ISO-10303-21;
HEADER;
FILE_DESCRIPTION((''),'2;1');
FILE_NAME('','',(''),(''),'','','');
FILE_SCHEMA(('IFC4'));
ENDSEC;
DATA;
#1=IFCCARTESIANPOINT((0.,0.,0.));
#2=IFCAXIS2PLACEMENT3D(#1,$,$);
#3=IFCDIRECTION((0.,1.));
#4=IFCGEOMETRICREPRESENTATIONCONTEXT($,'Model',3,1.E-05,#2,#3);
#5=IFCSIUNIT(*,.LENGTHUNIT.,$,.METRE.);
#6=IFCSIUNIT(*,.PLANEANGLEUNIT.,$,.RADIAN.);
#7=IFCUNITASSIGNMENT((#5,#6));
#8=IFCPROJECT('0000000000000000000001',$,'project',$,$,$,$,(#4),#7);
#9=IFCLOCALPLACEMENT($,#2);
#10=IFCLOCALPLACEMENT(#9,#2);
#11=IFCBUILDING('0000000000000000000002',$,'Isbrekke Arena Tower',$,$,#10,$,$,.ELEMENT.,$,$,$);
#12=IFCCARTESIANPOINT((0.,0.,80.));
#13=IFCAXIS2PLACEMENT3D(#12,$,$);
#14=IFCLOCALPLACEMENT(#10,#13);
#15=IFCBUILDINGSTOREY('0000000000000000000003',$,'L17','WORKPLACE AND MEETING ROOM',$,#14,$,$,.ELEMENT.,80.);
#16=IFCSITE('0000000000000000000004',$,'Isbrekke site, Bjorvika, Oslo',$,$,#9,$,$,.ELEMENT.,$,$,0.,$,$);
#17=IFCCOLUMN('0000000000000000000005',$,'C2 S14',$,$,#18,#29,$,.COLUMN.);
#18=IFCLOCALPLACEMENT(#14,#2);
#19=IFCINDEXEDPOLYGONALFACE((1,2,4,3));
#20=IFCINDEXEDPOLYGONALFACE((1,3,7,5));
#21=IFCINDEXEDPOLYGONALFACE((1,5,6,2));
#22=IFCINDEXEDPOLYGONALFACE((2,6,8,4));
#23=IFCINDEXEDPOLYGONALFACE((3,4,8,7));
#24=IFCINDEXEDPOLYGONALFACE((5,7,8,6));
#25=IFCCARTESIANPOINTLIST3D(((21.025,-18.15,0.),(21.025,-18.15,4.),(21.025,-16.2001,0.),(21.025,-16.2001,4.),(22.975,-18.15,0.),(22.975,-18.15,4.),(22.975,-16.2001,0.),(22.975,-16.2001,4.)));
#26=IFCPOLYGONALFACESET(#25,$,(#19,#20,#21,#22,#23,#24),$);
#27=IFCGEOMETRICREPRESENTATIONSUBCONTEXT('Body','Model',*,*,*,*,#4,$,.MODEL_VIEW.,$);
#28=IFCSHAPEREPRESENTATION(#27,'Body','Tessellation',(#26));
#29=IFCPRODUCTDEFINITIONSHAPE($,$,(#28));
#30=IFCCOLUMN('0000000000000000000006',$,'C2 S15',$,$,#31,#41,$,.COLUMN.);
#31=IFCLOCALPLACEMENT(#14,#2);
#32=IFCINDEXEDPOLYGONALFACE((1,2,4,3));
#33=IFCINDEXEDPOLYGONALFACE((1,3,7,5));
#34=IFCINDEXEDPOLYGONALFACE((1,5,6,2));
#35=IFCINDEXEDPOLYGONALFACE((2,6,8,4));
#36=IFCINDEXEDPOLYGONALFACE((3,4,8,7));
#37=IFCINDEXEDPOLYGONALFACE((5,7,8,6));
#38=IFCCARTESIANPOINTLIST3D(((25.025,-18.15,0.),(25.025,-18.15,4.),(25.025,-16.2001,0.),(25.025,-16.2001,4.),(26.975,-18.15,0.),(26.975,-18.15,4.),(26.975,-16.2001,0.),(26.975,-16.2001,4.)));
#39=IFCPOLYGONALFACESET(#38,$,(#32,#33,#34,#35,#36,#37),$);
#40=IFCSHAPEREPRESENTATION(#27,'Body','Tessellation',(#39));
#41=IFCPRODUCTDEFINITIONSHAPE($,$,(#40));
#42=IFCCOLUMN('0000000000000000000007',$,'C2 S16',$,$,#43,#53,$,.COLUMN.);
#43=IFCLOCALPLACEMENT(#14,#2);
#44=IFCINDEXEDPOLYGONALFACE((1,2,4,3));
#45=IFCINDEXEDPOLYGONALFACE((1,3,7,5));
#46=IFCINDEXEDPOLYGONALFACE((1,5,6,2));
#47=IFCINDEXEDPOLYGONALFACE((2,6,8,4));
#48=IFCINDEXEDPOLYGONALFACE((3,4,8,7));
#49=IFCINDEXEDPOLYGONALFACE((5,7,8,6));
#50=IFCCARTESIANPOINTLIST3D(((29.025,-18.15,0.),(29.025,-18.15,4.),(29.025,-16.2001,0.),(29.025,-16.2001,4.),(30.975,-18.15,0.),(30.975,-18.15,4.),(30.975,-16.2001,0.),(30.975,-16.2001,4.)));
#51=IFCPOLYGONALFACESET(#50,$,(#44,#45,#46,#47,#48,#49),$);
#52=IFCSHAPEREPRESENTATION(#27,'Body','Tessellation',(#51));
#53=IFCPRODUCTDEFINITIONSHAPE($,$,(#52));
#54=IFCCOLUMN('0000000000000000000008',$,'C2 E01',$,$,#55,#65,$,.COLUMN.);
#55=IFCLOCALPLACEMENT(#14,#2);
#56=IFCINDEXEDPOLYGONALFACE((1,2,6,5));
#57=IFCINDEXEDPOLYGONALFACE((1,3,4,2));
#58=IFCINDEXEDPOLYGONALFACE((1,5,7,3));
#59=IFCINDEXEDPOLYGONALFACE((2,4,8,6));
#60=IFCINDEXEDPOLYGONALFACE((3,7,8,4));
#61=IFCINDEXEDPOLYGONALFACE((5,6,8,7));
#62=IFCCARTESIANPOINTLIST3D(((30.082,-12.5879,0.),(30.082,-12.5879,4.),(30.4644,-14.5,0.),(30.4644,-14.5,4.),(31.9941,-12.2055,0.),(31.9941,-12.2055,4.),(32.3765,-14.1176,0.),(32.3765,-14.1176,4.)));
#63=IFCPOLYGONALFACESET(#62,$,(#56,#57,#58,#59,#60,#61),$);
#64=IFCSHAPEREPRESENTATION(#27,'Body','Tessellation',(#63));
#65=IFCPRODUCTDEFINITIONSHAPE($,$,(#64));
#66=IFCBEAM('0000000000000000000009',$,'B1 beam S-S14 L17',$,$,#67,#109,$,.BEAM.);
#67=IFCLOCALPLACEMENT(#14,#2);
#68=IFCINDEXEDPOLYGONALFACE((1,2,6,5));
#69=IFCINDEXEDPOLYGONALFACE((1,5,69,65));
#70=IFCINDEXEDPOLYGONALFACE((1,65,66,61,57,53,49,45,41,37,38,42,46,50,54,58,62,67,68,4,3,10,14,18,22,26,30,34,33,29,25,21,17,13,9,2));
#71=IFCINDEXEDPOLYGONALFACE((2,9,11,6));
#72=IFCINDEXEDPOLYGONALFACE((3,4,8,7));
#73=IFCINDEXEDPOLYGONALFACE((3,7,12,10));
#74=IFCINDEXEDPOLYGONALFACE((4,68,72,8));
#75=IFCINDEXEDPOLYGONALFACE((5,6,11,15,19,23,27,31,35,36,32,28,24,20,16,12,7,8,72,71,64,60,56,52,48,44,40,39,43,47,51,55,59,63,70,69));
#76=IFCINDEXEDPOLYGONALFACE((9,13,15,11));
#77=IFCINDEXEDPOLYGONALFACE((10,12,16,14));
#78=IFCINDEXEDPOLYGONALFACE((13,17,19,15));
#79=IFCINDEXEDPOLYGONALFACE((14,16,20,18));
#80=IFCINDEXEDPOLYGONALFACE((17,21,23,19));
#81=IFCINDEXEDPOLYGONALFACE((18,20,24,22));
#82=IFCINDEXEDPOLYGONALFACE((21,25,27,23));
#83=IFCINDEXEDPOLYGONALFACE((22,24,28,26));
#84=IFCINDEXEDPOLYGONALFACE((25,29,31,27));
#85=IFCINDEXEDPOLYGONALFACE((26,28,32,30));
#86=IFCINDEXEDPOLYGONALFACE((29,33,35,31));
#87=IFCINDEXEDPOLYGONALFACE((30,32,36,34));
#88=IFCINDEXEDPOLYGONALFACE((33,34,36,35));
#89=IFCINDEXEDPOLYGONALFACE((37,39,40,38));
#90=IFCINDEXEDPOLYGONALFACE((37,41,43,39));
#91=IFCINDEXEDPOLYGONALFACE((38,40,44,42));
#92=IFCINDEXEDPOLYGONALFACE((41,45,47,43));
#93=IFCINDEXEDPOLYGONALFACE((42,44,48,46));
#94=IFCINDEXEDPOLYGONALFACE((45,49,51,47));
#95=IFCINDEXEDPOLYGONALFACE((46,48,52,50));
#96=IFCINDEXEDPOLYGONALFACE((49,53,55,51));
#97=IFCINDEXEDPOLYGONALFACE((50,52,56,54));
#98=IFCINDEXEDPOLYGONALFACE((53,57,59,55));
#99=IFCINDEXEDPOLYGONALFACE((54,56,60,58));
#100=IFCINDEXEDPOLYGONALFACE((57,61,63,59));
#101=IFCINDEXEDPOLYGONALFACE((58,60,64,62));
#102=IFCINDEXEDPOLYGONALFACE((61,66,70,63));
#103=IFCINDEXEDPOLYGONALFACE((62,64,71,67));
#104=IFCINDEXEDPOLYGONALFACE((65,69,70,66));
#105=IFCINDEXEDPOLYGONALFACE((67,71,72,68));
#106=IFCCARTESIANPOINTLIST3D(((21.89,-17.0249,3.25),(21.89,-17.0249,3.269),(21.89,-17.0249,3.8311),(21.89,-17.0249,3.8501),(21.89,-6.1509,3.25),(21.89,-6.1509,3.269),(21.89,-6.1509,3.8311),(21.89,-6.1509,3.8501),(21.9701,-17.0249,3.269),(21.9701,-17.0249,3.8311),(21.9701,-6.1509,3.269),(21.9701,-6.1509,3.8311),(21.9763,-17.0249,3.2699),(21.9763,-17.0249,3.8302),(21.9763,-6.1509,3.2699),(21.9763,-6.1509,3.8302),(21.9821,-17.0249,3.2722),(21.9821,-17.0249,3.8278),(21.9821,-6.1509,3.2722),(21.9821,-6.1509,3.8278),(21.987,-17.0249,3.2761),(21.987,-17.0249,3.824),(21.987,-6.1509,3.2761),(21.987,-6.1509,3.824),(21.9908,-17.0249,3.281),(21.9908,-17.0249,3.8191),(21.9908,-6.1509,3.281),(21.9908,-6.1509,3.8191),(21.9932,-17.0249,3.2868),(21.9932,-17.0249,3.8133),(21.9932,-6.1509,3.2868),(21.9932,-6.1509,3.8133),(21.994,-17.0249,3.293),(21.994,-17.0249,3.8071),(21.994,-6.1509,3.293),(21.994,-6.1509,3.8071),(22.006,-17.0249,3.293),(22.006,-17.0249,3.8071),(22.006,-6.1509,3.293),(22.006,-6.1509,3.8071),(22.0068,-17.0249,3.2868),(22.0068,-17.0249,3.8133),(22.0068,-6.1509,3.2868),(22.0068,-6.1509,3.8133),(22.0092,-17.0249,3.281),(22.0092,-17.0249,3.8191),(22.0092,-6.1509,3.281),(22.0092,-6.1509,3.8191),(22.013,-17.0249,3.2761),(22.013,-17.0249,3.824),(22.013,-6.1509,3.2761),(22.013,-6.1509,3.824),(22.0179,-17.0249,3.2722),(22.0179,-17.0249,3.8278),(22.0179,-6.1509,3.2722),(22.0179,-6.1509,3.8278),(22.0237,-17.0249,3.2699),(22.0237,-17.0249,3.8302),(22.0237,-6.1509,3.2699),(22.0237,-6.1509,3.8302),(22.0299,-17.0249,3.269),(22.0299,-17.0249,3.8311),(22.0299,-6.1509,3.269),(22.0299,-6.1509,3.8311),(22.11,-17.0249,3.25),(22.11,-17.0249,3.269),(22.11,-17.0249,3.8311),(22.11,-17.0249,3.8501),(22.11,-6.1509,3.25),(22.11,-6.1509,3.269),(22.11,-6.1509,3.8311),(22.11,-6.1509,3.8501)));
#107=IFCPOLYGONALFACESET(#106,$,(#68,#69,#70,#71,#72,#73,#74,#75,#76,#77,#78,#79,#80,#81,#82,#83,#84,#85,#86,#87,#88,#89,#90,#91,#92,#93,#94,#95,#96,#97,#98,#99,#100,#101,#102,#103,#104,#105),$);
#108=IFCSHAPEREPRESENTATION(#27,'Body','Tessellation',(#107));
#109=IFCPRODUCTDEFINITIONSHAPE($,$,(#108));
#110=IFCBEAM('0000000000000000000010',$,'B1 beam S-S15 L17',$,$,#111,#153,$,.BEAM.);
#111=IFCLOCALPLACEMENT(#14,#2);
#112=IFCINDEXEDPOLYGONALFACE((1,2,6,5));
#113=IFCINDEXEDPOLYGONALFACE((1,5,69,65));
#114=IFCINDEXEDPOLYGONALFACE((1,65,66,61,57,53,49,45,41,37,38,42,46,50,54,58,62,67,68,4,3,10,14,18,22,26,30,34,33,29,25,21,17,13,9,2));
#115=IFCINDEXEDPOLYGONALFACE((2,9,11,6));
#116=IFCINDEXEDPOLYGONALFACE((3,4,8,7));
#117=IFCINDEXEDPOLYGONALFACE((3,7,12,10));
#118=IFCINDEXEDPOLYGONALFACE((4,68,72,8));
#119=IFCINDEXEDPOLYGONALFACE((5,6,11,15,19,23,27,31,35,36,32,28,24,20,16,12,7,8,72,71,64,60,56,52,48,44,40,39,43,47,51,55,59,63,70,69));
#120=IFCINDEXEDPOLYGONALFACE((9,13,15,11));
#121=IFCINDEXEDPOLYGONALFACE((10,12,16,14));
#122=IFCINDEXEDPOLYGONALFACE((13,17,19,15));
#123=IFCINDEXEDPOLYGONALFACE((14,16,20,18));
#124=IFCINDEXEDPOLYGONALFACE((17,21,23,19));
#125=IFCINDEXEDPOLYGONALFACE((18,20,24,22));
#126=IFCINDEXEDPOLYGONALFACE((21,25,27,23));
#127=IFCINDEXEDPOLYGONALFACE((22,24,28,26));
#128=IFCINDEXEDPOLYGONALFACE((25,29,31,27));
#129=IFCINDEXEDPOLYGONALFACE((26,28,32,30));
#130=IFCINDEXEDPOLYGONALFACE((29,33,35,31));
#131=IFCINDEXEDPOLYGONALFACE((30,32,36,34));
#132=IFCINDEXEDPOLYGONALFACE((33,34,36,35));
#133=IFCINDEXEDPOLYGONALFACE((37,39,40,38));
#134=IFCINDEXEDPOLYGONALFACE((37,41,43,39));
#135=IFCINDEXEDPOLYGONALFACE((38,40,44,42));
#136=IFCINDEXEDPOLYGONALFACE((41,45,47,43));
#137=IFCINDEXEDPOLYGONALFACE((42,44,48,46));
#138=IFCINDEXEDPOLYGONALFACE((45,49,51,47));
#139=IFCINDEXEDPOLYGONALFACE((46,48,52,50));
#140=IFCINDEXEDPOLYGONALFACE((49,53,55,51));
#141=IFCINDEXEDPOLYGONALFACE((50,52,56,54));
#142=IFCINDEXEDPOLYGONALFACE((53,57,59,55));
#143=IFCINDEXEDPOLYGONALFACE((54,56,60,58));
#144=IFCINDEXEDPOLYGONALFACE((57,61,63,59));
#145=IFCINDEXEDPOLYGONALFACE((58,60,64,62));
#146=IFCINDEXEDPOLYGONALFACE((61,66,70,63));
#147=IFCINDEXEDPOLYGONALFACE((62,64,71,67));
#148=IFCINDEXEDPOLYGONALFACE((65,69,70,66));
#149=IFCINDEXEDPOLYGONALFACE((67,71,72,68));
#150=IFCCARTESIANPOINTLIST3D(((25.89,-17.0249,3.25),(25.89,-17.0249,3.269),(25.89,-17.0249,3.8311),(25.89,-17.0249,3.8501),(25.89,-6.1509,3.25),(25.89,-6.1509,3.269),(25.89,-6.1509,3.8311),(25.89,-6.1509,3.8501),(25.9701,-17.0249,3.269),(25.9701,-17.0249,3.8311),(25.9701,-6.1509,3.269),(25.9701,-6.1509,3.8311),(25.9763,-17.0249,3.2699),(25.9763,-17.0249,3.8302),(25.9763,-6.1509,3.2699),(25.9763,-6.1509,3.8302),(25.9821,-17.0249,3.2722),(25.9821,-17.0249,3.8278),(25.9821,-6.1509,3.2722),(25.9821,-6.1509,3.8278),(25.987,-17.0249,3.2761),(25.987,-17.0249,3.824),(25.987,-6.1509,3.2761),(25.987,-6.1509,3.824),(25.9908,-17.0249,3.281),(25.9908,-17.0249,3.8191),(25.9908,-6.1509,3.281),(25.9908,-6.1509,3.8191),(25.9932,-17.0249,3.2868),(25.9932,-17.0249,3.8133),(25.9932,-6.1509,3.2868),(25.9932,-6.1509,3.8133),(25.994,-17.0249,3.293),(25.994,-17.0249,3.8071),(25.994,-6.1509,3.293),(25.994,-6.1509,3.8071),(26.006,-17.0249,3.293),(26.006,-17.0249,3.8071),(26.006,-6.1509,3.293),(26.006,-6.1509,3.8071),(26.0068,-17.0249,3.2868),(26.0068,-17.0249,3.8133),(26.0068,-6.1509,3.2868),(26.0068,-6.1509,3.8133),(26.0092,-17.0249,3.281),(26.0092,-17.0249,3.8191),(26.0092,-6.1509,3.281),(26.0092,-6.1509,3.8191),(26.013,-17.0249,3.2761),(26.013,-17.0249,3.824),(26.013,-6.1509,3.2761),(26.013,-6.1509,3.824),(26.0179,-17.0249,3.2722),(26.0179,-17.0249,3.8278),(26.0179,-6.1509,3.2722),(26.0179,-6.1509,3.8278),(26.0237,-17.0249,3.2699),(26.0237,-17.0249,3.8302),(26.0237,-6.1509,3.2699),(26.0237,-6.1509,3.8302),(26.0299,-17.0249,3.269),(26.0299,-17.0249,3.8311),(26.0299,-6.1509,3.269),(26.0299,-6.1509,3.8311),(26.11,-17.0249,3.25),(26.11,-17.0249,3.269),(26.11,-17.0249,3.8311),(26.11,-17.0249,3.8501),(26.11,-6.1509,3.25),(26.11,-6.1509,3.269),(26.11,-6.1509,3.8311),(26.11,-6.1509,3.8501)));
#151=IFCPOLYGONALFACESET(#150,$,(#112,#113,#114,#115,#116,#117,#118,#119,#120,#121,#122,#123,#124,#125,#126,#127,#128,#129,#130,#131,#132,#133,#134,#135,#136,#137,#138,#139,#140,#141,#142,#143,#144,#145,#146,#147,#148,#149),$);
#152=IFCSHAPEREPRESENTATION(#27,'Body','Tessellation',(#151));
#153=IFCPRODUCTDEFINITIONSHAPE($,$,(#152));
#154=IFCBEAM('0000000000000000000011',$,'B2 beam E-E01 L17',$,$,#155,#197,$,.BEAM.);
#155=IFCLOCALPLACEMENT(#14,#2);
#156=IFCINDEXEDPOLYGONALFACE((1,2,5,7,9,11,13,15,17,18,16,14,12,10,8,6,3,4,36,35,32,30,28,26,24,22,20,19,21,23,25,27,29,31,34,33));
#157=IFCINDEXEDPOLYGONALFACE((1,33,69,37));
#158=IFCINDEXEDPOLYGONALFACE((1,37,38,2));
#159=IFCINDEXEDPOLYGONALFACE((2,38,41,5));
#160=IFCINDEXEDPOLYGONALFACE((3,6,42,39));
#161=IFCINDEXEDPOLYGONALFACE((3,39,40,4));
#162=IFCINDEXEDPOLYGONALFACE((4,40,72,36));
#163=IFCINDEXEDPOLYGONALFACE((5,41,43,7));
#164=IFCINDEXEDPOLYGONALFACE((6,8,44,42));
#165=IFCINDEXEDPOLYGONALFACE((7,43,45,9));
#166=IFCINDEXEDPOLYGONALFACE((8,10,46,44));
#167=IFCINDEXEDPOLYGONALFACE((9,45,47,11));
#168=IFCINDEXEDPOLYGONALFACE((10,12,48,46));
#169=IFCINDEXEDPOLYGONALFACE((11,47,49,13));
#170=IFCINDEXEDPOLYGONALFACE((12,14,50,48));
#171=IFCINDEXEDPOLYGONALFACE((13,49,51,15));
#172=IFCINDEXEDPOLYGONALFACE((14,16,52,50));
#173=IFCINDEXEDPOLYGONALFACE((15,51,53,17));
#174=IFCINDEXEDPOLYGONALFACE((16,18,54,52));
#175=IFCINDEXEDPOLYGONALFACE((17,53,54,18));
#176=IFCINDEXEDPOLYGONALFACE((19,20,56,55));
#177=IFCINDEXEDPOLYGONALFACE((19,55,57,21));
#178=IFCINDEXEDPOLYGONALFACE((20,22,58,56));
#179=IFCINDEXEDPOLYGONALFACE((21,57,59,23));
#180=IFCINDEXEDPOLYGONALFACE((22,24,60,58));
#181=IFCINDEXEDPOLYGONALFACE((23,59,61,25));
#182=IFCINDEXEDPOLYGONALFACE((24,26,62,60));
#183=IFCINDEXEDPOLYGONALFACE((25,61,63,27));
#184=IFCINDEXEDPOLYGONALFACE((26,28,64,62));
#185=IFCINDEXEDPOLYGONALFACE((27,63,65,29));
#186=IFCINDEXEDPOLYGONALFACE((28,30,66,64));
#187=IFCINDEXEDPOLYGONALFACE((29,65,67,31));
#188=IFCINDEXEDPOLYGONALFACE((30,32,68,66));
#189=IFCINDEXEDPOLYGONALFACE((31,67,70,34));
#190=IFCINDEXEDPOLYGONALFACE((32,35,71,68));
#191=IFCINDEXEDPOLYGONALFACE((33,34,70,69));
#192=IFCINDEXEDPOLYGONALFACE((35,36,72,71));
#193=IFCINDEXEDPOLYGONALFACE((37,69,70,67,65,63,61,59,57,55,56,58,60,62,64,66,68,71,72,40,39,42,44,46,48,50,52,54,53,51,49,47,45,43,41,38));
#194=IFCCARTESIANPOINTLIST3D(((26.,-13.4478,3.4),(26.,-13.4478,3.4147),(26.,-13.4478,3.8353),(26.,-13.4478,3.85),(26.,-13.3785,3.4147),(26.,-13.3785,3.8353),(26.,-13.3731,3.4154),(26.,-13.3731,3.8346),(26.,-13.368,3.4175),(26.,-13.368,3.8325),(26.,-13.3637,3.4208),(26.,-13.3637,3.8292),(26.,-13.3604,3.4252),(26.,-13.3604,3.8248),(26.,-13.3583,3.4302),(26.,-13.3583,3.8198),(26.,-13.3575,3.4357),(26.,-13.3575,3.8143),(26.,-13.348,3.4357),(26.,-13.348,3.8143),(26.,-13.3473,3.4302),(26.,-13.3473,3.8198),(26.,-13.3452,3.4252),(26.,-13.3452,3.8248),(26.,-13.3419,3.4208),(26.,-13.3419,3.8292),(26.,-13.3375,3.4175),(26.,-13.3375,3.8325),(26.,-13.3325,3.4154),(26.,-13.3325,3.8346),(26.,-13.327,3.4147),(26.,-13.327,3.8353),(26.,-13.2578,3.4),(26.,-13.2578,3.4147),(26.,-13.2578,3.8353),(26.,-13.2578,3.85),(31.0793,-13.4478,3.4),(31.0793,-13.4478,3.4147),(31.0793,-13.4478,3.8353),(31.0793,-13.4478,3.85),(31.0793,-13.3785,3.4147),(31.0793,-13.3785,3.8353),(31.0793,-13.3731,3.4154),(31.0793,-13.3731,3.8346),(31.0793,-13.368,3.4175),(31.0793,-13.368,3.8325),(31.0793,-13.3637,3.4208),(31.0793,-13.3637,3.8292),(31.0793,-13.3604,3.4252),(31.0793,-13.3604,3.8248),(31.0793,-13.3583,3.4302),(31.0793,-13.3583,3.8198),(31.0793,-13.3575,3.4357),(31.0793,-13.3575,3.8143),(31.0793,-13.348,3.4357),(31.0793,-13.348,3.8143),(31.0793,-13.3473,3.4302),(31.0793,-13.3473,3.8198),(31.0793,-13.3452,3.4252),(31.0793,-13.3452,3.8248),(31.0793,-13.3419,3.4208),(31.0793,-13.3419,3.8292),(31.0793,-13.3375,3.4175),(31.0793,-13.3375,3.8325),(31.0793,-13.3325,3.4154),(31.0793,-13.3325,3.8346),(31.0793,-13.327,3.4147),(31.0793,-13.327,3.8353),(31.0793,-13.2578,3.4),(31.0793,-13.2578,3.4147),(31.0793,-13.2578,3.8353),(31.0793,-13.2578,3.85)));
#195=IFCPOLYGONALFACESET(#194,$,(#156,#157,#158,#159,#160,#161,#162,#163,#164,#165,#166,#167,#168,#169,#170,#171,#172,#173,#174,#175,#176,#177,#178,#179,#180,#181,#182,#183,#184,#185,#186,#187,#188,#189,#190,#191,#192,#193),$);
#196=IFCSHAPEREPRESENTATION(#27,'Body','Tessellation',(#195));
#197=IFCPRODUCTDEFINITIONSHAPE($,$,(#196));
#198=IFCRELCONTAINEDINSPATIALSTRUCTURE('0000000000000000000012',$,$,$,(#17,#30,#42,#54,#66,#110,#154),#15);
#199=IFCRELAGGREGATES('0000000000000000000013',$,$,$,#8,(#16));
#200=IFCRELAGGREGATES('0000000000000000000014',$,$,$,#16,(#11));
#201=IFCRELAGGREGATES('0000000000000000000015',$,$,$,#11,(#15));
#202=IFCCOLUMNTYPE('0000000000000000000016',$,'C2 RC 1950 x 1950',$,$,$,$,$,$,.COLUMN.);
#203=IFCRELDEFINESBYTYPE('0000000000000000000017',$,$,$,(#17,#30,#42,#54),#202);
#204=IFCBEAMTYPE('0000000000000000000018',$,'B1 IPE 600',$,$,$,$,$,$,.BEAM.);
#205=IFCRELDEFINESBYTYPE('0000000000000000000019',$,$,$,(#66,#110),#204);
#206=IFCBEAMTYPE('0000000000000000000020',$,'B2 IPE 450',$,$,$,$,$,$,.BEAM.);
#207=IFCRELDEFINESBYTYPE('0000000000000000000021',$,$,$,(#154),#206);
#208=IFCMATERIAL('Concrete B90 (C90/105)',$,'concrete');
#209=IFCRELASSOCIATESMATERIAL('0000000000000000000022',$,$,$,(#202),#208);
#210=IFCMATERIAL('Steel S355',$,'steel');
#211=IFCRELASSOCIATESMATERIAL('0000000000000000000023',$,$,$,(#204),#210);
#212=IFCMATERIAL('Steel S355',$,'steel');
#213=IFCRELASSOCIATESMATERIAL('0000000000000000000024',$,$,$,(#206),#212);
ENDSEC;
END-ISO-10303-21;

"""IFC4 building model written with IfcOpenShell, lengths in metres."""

from ifc_helpers import new_model, si_unit, direction, frame, origin, origin_2d, place, context, subcontext, project, spatial, rectangle, i_section, extrude, material, material_profile, profile_set, type_object, element, save


model = new_model("IFC4")

# Units and contexts
model_context = context("Model", 3, precision=1e-05, world=origin(), true_north=direction((0.0, 1.0)))
body_context = subcontext(model_context, "Body", "Model", "MODEL_VIEW")
ifc_project = project(units=[si_unit("LENGTHUNIT", "METRE"), si_unit("PLANEANGLEUNIT", "RADIAN")], contexts=[model_context])

# Site, building, storey
site_placement = place(None, origin())
site = spatial("IfcSite", under=ifc_project, at=site_placement, Name="Isbrekke site, Bjorvika, Oslo", CompositionType="ELEMENT", RefElevation=0.0)
building_placement = place(site_placement, origin())
building = spatial("IfcBuilding", under=site, at=building_placement, Name="Isbrekke Arena Tower", CompositionType="ELEMENT")
storey_placement = place(building_placement, frame((0.0, 0.0, 80.0)))
storey = spatial("IfcBuildingStorey", under=building, at=storey_placement, Name="L17", Description="WORKPLACE AND MEETING ROOM", CompositionType="ELEMENT", Elevation=80.0)

# Columns
ifc_material_1 = material(Name="Concrete B90 (C90/105)", Category="concrete")
ifc_material_profile_1 = material_profile(ifc_material_1, rectangle(XDim=1.95, YDim=1.95, at=origin_2d()), Name="RC 1950x1950")
ifc_profile_set_1 = profile_set([ifc_material_profile_1], Name="Concrete B90 (C90/105)")
column_type = type_object("IfcColumnType", Name="C2 RC 1950 x 1950", PredefinedType="COLUMN", material=ifc_profile_set_1)
for number, where, z_axis, x_axis, name in (
    (1, (22.0, -17.175, 0.0), (0.0, 0.0, 1.0), (1.0, 0.0, 0.0), "C2 S14"),
    (2, (26.0, -17.175, 0.0), (0.0, 0.0, 1.0), (1.0, 0.0, 0.0), "C2 S15"),
    (3, (30.0, -17.175, 0.0), (0.0, 0.0, 1.0), (1.0, 0.0, 0.0), "C2 S16"),
    (4, (31.2292, -13.3528, 0.0), (0.0, 0.0, 1.0), (-0.196116, 0.980581, 0.0), "C2 E01"),
):
    element("IfcColumn", number, at=place(storey_placement, frame(where, z_axis=z_axis, x_axis=x_axis)), inside=storey, type_object=column_type, Name=name, PredefinedType="COLUMN", context=body_context, shape_type="SweptSolid", body=[
        extrude(rectangle(XDim=1.95, YDim=1.95, at=origin_2d()), origin(), (0.0, 0.0, 1.0), 4.0),
    ])

# Beams
ifc_material_2 = material(Name="Steel S355", Category="steel")
ifc_material_profile_2 = material_profile(ifc_material_2, i_section(OverallWidth=0.22, OverallDepth=0.6001, WebThickness=0.012, FlangeThickness=0.019, FilletRadius=0.0239, at=origin_2d()), Name="IPE 600")
ifc_profile_set_2 = profile_set([ifc_material_profile_2], Name="Steel S355")
beam_type_1 = type_object("IfcBeamType", Name="B1 IPE 600", PredefinedType="BEAM", material=ifc_profile_set_2)
for number, where, z_axis, x_axis, name in (
    (5, (22.0, -17.0249, 3.55), (0.0, 1.0, 0.0), (-1.0, 0.0, 0.0), "B1 beam S-S14 L17"),
    (6, (26.0, -17.0249, 3.55), (0.0, 1.0, 0.0), (-1.0, 0.0, 0.0), "B1 beam S-S15 L17"),
):
    element("IfcBeam", number, at=place(storey_placement, frame(where, z_axis=z_axis, x_axis=x_axis)), inside=storey, type_object=beam_type_1, Name=name, PredefinedType="BEAM", context=body_context, shape_type="SweptSolid", body=[
        extrude(i_section(OverallWidth=0.22, OverallDepth=0.6001, WebThickness=0.012, FlangeThickness=0.019, FilletRadius=0.0239, at=origin_2d()), origin(), (0.0, 0.0, 1.0), 10.874),
    ])
ifc_material_3 = material(Name="Steel S355", Category="steel")
ifc_material_profile_3 = material_profile(ifc_material_3, i_section(OverallWidth=0.1899, OverallDepth=0.45, WebThickness=0.0095, FlangeThickness=0.0146, FilletRadius=0.021, at=origin_2d()), Name="IPE 450")
ifc_profile_set_3 = profile_set([ifc_material_profile_3], Name="Steel S355")
beam_type_2 = type_object("IfcBeamType", Name="B2 IPE 450", PredefinedType="BEAM", material=ifc_profile_set_3)
beam_1_placement = place(storey_placement, frame((31.0793, -13.3528, 3.625), z_axis=(-1.0, 0.0, 0.0), x_axis=(0.0, -1.0, 0.0)))
element("IfcBeam", 7, at=beam_1_placement, inside=storey, type_object=beam_type_2, Name="B2 beam E-E01 L17", PredefinedType="BEAM", context=body_context, shape_type="SweptSolid", body=[
    extrude(i_section(OverallWidth=0.1899, OverallDepth=0.45, WebThickness=0.0095, FlangeThickness=0.0146, FilletRadius=0.021, at=origin_2d()), origin(), (0.0, 0.0, 1.0), 5.0793),
])

save(model, "model.ifc")
